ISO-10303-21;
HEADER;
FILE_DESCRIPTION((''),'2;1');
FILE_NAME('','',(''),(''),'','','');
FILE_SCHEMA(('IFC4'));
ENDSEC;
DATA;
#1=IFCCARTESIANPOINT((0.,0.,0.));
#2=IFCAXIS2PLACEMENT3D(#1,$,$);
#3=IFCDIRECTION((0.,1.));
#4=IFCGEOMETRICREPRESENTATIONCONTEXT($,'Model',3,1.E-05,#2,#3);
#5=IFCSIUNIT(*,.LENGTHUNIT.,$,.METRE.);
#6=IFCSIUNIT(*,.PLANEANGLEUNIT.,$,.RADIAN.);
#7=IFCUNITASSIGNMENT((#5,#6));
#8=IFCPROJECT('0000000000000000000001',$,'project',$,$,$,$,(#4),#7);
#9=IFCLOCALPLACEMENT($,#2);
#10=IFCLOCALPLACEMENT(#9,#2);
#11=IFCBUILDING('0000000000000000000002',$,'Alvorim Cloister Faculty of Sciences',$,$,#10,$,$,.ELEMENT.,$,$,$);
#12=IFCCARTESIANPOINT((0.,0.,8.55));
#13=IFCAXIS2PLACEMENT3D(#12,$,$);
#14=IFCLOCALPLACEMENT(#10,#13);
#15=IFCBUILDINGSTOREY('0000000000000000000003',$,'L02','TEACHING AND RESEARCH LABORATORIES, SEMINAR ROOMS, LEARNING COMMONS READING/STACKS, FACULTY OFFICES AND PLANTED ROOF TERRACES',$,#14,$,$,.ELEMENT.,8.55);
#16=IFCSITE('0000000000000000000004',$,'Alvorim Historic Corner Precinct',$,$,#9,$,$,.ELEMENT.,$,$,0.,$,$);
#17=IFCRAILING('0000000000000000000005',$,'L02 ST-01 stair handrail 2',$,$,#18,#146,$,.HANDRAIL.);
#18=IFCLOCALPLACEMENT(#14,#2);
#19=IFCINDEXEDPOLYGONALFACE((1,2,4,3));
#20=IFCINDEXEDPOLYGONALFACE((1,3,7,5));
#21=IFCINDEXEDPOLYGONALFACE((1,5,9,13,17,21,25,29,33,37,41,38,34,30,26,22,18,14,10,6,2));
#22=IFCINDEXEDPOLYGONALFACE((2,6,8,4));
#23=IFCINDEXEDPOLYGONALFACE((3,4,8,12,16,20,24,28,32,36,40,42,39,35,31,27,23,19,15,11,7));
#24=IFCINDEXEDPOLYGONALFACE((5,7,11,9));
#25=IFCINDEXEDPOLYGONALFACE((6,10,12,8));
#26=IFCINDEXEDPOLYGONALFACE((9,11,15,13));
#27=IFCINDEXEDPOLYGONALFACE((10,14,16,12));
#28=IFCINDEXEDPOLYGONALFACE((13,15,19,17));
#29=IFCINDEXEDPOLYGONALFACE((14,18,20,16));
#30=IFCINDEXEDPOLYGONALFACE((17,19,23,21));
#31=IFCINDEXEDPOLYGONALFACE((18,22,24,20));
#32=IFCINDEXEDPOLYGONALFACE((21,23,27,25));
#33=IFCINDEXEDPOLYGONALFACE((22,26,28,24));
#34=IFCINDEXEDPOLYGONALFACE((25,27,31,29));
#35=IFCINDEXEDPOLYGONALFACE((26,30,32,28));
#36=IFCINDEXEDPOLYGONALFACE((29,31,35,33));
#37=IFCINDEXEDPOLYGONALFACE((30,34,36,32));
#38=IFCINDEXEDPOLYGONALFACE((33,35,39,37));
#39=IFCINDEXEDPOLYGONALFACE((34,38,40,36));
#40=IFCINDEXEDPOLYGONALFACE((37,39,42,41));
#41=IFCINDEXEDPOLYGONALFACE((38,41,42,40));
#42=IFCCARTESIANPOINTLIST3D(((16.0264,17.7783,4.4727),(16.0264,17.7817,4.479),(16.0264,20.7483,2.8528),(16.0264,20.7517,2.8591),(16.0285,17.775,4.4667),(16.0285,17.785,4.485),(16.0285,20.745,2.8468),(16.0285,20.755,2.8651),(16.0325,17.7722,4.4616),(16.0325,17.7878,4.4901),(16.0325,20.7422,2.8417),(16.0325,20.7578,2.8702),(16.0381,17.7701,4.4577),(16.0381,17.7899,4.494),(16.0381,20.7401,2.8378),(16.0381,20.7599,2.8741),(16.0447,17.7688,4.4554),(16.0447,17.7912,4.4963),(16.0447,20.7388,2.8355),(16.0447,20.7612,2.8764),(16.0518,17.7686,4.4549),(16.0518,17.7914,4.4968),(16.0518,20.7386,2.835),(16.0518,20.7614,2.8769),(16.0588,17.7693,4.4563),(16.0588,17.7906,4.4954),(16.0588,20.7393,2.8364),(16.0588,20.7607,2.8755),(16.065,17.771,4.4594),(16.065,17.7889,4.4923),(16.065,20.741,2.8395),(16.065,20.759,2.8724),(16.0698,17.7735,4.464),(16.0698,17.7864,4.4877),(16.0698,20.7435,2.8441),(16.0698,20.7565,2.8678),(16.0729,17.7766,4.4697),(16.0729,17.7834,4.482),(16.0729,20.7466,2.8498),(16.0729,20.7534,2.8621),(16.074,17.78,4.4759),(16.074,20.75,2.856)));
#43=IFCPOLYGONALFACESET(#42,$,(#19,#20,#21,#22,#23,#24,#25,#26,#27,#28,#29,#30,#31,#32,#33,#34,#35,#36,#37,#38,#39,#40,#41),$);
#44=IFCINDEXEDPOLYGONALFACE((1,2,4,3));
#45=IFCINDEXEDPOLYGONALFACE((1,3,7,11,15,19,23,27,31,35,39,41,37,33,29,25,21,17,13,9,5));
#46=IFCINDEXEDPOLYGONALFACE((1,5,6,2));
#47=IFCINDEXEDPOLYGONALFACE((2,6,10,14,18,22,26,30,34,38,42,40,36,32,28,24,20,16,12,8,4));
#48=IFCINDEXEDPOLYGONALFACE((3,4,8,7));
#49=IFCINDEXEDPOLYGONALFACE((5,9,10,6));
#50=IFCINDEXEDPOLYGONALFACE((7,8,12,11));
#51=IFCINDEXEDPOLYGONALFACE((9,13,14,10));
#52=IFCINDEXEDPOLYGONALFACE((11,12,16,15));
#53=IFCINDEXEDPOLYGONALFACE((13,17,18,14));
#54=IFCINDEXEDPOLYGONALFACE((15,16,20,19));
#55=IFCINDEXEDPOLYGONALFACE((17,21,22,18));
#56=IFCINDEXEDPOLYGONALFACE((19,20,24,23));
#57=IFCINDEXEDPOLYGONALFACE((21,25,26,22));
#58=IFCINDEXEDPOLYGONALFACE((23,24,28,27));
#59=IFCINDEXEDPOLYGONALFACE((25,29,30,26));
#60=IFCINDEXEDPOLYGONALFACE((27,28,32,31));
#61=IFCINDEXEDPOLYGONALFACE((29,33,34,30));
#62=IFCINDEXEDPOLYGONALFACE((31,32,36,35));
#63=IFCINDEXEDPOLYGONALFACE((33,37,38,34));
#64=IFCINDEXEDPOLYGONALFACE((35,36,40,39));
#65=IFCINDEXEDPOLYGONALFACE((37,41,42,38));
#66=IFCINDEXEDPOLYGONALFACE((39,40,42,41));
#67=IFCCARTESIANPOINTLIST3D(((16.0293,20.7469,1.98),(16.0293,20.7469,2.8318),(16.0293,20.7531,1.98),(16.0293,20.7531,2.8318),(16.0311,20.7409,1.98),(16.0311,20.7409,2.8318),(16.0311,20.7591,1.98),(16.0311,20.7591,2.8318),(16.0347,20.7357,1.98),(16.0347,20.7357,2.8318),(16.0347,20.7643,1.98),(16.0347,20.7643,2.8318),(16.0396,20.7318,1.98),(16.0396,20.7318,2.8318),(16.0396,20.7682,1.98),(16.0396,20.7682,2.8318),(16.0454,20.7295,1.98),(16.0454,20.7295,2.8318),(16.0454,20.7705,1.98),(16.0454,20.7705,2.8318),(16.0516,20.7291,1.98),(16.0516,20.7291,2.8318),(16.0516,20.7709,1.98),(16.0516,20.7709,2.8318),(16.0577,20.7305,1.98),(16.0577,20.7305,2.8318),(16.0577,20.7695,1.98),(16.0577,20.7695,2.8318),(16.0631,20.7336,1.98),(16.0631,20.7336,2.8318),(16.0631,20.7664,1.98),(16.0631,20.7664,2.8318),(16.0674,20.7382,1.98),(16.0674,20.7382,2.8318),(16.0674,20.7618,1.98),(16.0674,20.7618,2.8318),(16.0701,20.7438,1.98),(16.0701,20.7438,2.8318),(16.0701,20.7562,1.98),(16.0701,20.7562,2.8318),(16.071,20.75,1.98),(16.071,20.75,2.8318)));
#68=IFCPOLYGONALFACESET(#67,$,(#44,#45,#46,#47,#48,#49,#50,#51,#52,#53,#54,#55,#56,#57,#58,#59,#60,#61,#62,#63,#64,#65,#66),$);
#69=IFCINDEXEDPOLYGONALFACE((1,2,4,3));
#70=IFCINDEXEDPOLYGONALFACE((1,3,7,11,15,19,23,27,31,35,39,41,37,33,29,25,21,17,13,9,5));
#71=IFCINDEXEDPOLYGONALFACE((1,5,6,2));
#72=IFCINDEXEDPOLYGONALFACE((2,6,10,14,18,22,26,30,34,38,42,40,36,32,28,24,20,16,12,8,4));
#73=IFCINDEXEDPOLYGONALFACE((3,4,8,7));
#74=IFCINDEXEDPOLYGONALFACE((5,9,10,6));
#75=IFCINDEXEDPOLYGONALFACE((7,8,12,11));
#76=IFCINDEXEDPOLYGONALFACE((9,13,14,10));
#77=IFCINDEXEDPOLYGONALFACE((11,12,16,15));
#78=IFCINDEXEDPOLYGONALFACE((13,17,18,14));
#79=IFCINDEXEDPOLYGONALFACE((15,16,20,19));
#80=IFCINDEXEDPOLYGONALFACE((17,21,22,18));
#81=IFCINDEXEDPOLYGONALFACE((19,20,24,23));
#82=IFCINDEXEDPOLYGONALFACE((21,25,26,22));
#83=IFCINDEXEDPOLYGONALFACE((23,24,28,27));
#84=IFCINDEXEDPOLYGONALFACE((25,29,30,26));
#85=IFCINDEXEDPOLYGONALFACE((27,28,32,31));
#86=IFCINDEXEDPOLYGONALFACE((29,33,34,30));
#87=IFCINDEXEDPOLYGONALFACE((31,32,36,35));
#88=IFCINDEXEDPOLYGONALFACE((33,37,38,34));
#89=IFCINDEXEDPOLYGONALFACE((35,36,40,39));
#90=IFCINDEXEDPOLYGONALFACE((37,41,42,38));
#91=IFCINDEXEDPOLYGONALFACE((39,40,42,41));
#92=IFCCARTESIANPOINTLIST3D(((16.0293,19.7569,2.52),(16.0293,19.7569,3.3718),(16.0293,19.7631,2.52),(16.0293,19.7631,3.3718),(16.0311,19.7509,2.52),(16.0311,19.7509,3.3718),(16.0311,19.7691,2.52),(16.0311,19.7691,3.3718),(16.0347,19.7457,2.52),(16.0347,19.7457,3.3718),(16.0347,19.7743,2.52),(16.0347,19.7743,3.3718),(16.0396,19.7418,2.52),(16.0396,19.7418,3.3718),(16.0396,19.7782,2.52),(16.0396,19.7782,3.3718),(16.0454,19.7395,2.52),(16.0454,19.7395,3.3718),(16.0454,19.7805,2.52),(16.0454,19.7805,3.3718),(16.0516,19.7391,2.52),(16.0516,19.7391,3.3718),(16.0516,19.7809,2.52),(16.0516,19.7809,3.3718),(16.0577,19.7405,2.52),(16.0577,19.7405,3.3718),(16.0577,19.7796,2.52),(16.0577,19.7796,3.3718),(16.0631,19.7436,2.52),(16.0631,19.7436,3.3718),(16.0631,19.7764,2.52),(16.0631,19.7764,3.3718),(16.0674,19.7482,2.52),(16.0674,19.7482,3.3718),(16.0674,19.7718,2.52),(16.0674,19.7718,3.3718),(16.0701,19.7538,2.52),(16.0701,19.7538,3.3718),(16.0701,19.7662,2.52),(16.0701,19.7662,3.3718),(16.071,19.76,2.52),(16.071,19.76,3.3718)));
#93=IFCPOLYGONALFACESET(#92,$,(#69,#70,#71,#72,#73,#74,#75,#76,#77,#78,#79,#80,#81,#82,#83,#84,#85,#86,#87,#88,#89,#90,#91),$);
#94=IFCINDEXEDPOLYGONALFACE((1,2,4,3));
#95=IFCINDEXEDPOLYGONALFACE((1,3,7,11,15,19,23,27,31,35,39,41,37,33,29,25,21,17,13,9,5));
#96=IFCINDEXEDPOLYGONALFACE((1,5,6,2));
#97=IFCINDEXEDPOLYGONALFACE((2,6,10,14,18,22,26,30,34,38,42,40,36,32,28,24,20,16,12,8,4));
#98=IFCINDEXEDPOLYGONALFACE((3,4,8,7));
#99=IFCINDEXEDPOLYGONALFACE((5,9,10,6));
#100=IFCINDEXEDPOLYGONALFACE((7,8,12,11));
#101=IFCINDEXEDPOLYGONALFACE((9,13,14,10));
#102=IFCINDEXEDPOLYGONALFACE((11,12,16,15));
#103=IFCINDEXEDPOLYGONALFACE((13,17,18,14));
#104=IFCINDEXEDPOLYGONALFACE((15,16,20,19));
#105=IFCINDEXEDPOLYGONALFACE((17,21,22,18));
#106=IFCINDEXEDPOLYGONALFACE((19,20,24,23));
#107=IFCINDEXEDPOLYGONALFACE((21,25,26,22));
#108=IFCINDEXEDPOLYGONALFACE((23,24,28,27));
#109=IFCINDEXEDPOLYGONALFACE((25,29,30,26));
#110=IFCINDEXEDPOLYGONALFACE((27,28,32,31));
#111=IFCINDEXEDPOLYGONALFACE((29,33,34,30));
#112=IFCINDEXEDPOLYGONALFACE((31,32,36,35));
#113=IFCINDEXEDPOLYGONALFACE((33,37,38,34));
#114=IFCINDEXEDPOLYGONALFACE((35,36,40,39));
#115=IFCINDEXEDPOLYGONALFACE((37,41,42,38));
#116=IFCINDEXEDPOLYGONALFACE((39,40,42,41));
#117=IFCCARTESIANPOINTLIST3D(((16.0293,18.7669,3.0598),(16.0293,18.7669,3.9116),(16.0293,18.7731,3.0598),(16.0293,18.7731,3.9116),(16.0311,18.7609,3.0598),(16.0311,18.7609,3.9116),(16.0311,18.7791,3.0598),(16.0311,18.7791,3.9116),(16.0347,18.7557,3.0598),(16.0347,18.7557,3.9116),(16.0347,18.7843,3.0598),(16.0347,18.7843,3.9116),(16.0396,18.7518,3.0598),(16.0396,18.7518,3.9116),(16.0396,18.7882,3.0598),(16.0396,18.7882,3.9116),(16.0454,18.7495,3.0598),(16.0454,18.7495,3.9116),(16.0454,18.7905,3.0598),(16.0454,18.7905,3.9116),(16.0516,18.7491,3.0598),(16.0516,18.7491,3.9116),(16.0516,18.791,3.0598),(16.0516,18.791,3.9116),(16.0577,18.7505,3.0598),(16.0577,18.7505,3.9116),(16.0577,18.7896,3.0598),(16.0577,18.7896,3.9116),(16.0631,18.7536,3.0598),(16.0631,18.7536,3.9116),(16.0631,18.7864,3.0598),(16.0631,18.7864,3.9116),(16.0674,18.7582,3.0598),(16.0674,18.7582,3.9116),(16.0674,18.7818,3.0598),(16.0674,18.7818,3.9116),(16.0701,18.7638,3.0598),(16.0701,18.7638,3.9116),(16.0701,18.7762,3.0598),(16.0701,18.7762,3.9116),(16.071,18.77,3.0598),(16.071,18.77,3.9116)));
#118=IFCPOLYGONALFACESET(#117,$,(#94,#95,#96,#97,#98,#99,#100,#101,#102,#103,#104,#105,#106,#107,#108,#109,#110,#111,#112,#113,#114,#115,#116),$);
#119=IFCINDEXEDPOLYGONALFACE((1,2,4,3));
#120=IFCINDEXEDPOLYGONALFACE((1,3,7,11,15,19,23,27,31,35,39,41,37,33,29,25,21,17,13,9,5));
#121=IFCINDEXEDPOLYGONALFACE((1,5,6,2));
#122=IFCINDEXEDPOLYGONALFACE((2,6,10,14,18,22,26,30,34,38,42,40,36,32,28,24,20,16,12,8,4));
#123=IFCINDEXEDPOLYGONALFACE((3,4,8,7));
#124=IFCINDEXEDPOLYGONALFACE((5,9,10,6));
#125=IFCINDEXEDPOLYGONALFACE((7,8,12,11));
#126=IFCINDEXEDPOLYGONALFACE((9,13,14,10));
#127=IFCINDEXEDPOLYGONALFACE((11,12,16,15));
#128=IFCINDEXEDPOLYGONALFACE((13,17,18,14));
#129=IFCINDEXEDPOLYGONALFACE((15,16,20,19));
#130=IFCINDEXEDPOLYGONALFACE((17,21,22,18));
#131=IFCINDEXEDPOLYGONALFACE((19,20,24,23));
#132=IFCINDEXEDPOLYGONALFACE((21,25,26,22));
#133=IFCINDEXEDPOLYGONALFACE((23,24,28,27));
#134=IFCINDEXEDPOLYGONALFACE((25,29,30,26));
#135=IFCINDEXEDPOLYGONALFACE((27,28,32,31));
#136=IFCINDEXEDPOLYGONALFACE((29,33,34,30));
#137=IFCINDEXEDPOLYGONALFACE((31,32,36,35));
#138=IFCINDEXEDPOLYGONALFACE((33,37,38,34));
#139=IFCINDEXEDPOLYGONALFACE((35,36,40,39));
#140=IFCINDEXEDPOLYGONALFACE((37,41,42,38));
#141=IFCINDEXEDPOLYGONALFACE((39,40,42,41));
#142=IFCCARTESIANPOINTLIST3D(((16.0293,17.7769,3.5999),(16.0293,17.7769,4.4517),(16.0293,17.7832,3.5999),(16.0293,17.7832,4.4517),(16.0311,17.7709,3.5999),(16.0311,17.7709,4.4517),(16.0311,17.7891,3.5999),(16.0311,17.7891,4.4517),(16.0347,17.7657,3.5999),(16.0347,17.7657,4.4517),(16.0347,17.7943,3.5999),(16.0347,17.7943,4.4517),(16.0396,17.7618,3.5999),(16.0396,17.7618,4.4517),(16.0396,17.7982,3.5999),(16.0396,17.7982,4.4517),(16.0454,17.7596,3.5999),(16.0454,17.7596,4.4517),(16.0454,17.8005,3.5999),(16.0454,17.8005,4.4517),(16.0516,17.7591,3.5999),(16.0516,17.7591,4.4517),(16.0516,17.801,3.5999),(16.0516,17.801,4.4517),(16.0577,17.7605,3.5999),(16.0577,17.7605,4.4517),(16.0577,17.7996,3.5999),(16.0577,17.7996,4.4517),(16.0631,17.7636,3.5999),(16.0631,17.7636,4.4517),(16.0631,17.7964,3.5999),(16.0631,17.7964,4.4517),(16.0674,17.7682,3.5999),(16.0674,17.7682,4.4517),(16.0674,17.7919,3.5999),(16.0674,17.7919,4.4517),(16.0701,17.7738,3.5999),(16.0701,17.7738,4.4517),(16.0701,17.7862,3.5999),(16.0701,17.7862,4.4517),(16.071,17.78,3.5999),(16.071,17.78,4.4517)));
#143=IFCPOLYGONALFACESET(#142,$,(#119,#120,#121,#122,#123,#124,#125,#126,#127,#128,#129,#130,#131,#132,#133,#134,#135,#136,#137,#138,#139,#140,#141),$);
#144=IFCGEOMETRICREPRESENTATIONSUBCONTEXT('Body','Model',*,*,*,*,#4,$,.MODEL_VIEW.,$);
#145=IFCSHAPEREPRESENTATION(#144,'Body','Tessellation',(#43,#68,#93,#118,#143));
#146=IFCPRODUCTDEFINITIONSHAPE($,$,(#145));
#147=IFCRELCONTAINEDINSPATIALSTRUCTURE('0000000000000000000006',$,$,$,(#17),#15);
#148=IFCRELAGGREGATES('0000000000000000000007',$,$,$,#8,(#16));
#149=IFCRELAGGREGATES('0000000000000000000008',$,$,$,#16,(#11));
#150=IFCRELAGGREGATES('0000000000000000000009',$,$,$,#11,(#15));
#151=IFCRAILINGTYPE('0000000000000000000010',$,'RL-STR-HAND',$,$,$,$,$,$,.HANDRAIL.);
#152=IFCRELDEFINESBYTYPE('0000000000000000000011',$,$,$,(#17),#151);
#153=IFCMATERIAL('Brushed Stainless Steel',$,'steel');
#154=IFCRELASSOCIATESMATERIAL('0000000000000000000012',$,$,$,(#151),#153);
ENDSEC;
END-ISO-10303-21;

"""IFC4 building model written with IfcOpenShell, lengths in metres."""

from ifc_helpers import new_model, si_unit, direction, frame, origin, origin_2d, place, context, subcontext, project, spatial, circle, extrude, material, type_object, element, save


model = new_model("IFC4")

# Units and contexts
model_context = context("Model", 3, precision=1e-05, world=origin(), true_north=direction((0.0, 1.0)))
body_context = subcontext(model_context, "Body", "Model", "MODEL_VIEW")
ifc_project = project(units=[si_unit("LENGTHUNIT", "METRE"), si_unit("PLANEANGLEUNIT", "RADIAN")], contexts=[model_context])

# Site, building, storey
site_placement = place(None, origin())
site = spatial("IfcSite", under=ifc_project, at=site_placement, Name="Alvorim Historic Corner Precinct", CompositionType="ELEMENT", RefElevation=0.0)
building_placement = place(site_placement, origin())
building = spatial("IfcBuilding", under=site, at=building_placement, Name="Alvorim Cloister Faculty of Sciences", CompositionType="ELEMENT")
storey_placement = place(building_placement, frame((0.0, 0.0, 8.55)))
storey = spatial("IfcBuildingStorey", under=building, at=storey_placement, Name="L02", Description="TEACHING AND RESEARCH LABORATORIES, SEMINAR ROOMS, LEARNING COMMONS READING/STACKS, FACULTY OFFICES AND PLANTED ROOF TERRACES", CompositionType="ELEMENT", Elevation=8.55)

# Shared definitions
ifc_material_1 = material(Name="Brushed Stainless Steel", Category="steel")

# Railing
railing_type_1 = type_object("IfcRailingType", Name="RL-STR-HAND", PredefinedType="HANDRAIL", material=ifc_material_1)
railing_1_placement = place(storey_placement, frame((16.05, 20.75, 1.98)))
element("IfcRailing", 1, at=railing_1_placement, inside=storey, type_object=railing_type_1, Name="L02 ST-01 stair handrail 2", PredefinedType="HANDRAIL", context=body_context, shape_type="SweptSolid", body=[
    extrude(circle(Radius=0.0239, at=origin_2d()), frame((0.0, 0.0, 0.876), z_axis=(0.0, -0.877909, 0.478827), x_axis=(1.0, 0.0, 0.0)), (0.0, 0.0, 1.0), 3.3831),
    extrude(circle(Radius=0.021, at=origin_2d()), origin(), (0.0, 0.0, 1.0), 0.8518),
    extrude(circle(Radius=0.021, at=origin_2d()), frame((0.0, -0.99, 0.54)), (0.0, 0.0, 1.0), 0.8518),
    extrude(circle(Radius=0.021, at=origin_2d()), frame((0.0, -1.98, 1.0798)), (0.0, 0.0, 1.0), 0.8518),
    extrude(circle(Radius=0.021, at=origin_2d()), frame((0.0, -2.97, 1.6199)), (0.0, 0.0, 1.0), 0.8518),
])

save(model, "model.ifc")
